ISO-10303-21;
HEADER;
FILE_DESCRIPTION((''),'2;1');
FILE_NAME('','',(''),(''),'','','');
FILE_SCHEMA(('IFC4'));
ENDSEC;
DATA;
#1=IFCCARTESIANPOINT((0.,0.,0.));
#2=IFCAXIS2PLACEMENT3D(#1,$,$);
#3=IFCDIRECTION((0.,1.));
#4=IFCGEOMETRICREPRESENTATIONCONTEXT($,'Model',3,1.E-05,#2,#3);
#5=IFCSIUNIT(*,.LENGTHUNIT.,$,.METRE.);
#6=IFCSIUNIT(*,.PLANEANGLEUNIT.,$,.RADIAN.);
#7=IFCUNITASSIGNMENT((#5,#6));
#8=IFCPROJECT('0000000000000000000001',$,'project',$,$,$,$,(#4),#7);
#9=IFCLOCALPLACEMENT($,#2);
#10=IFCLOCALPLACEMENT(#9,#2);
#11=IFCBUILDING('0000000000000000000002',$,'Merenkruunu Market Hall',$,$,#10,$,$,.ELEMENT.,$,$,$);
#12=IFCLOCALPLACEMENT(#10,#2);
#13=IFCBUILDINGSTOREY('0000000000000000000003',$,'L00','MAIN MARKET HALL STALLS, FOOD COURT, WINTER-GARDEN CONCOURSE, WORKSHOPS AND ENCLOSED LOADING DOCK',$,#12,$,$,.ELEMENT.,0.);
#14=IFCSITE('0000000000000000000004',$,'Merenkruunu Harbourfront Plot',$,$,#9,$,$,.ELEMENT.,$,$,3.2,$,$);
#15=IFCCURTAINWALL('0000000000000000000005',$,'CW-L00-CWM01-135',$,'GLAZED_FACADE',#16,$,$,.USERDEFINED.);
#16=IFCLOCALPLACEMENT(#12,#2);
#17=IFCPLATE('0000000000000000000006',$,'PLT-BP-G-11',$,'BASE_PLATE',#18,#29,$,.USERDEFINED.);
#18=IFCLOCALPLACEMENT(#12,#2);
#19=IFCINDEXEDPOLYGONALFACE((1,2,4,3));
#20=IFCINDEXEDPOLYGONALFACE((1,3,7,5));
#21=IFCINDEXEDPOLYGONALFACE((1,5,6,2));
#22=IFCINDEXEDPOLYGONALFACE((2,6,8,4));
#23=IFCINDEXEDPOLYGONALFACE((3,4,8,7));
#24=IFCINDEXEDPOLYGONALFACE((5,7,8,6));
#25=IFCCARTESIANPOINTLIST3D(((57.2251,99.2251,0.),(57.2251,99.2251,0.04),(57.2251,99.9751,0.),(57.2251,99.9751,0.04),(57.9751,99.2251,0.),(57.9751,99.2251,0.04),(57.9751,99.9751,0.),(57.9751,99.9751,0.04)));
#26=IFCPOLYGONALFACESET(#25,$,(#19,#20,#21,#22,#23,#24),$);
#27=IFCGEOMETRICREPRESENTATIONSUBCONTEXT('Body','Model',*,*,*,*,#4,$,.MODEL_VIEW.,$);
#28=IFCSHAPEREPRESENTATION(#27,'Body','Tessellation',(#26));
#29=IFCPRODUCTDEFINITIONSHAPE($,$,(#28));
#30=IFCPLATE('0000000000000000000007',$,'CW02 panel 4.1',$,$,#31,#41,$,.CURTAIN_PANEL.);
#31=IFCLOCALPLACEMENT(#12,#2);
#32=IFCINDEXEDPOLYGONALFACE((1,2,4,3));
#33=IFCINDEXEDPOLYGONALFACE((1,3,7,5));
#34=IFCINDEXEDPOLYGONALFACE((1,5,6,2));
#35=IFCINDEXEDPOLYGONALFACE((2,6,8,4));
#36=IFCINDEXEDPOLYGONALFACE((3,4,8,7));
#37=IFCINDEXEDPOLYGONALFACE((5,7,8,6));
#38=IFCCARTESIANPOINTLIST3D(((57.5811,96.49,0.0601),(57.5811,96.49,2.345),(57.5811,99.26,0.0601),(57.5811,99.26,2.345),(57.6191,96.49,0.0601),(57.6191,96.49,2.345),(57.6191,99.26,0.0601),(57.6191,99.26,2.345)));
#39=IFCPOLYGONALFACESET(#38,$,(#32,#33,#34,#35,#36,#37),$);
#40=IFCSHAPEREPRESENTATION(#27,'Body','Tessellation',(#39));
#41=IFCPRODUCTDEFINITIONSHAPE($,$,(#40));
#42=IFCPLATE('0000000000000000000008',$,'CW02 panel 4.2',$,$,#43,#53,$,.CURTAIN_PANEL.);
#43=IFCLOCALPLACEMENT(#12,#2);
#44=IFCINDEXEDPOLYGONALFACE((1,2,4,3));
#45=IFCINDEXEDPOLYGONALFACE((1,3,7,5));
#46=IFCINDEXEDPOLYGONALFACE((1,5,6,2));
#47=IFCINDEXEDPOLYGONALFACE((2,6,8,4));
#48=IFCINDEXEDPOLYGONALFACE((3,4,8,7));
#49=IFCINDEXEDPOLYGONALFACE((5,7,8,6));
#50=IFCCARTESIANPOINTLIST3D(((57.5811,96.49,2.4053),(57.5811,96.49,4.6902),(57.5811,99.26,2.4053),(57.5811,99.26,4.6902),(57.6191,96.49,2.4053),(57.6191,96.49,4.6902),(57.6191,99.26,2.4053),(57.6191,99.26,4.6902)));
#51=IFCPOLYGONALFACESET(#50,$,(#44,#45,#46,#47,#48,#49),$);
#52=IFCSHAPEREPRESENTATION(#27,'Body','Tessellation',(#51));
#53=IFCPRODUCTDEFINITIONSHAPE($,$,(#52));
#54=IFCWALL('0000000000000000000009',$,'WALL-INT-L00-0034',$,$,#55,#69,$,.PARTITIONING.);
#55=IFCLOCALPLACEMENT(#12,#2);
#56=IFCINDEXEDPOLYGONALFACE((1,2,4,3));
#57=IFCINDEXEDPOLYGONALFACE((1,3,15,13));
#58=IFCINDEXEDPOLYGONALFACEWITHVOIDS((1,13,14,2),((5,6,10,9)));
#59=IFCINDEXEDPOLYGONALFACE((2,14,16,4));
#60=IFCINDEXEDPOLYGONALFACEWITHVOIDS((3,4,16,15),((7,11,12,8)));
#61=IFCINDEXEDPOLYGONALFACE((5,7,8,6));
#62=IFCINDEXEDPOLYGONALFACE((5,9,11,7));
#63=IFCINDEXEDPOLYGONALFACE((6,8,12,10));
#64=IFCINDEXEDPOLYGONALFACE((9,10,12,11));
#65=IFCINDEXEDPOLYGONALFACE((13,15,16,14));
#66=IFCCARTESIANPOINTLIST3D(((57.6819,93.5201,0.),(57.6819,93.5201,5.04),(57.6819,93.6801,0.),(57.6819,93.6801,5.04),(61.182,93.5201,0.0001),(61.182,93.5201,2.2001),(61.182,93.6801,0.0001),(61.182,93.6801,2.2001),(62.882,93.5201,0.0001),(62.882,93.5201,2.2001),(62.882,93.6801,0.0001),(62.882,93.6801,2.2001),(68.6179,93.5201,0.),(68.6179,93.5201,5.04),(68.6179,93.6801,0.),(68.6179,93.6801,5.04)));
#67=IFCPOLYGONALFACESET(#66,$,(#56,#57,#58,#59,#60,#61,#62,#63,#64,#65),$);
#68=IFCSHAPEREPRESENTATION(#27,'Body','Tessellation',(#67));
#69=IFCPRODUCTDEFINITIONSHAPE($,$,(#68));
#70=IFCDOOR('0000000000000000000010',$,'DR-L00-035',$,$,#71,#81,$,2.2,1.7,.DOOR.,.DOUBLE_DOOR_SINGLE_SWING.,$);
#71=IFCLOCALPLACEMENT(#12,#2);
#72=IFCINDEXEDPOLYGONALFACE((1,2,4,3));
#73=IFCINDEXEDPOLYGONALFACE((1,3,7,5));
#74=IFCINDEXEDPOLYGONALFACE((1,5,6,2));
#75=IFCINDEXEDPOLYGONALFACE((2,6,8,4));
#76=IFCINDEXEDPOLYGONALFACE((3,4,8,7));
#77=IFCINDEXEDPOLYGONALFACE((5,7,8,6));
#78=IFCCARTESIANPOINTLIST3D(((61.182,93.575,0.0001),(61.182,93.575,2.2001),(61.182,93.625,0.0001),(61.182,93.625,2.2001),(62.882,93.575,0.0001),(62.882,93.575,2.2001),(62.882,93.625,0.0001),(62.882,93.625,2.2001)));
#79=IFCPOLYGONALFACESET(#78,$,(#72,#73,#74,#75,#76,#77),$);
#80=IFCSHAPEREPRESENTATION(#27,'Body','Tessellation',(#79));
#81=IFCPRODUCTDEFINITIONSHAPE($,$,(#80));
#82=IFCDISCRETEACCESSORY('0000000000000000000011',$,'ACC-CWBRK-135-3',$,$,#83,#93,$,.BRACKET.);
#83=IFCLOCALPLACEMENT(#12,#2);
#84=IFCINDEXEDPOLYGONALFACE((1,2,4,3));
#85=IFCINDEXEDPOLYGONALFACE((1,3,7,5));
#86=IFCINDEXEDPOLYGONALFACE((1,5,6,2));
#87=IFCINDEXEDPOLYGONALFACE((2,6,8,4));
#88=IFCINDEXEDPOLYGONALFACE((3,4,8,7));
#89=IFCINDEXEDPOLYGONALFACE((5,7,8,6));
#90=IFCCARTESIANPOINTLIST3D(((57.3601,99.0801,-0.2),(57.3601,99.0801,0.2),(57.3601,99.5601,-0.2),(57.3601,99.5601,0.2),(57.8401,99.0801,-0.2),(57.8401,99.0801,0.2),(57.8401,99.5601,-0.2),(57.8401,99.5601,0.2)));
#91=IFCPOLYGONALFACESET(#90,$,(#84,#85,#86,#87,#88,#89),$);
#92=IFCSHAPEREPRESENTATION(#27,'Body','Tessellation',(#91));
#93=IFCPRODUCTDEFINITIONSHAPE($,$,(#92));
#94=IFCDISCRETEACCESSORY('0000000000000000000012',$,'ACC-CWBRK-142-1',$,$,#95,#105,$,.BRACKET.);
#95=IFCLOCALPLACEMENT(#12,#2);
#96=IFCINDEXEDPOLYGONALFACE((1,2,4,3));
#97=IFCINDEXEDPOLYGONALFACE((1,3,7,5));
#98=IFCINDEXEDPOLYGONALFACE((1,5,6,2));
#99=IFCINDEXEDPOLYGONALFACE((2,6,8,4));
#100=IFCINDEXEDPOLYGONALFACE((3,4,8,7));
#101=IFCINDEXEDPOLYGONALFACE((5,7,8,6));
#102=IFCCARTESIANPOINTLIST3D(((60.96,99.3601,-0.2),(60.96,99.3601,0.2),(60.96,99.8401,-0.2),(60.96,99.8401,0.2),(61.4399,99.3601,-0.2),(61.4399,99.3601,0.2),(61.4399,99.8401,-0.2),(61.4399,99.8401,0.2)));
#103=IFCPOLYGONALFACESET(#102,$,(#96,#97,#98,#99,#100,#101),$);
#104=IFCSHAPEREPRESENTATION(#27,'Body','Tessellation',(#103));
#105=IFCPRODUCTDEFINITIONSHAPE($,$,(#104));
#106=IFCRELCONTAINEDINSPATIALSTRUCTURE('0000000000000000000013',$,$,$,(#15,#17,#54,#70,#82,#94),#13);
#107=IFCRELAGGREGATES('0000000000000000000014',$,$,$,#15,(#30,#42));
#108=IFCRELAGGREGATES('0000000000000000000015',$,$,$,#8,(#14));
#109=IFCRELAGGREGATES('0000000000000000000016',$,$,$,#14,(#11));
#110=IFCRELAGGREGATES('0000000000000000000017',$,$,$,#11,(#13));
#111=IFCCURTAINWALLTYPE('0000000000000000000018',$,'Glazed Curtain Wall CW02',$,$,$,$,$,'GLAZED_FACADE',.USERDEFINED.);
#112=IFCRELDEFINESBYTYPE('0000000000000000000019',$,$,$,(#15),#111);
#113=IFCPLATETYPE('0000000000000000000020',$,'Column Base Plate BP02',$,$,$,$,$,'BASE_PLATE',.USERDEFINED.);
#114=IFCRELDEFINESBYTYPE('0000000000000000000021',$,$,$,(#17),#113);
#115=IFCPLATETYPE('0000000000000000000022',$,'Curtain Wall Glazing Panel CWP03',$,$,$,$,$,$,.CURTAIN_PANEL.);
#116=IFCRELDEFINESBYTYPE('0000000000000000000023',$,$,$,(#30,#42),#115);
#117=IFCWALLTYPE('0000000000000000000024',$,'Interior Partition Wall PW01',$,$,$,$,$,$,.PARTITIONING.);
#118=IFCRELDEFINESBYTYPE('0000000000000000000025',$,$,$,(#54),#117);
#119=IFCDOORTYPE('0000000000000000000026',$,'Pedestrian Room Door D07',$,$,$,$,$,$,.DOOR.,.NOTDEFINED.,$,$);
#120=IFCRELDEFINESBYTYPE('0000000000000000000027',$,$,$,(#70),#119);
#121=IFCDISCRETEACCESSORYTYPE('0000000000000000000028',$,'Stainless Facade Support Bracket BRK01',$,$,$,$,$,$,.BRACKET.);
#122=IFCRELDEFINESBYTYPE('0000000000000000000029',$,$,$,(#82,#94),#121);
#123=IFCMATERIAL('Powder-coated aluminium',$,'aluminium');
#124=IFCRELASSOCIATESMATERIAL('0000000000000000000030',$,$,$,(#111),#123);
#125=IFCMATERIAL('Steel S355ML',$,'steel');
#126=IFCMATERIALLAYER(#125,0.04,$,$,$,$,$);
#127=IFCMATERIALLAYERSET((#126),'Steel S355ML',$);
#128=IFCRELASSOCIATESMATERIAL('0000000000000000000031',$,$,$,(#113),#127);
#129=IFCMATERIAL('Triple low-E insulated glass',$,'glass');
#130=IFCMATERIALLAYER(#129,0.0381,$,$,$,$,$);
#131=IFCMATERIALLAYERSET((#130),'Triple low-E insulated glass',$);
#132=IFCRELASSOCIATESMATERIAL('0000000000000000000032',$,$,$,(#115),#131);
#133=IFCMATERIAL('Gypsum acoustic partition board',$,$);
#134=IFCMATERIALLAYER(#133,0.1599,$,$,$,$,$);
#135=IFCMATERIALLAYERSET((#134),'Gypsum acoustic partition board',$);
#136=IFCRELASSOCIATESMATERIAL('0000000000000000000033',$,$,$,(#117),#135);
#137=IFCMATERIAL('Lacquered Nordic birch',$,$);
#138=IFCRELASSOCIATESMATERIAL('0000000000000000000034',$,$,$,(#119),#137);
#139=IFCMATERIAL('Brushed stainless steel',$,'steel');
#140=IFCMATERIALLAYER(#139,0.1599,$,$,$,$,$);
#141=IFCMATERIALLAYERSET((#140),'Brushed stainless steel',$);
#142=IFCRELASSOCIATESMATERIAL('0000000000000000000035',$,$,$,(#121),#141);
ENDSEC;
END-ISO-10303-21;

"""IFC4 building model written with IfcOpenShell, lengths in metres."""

from ifc_helpers import new_model, si_unit, direction, frame, frame_2d, origin, origin_2d, place, context, subcontext, project, spatial, rectangle, extrude, material, layer, layer_set, type_object, element, fill, aggregate, save


model = new_model("IFC4")

# Units and contexts
model_context = context("Model", 3, precision=1e-05, world=origin(), true_north=direction((0.0, 1.0)))
body_context = subcontext(model_context, "Body", "Model", "MODEL_VIEW")
ifc_project = project(units=[si_unit("LENGTHUNIT", "METRE"), si_unit("PLANEANGLEUNIT", "RADIAN")], contexts=[model_context])

# Site, building, storey
site_placement = place(None, origin())
site = spatial("IfcSite", under=ifc_project, at=site_placement, Name="Merenkruunu Harbourfront Plot", CompositionType="ELEMENT", RefElevation=3.2)
building_placement = place(site_placement, origin())
building = spatial("IfcBuilding", under=site, at=building_placement, Name="Merenkruunu Market Hall", CompositionType="ELEMENT")
storey_placement = place(building_placement, origin())
storey = spatial("IfcBuildingStorey", under=building, at=storey_placement, Name="L00", Description="MAIN MARKET HALL STALLS, FOOD COURT, WINTER-GARDEN CONCOURSE, WORKSHOPS AND ENCLOSED LOADING DOCK", CompositionType="ELEMENT", Elevation=0.0)

# Shared definitions
ifc_material_1 = material(Name="Steel S355ML", Category="steel")

# Curtain wall
ifc_material_2 = material(Name="Powder-coated aluminium", Category="aluminium")
curtain_wall_type_1 = type_object("IfcCurtainWallType", Name="Glazed Curtain Wall CW02", ElementType="GLAZED_FACADE", PredefinedType="USERDEFINED", material=ifc_material_2)
curtain_wall_1_placement = place(storey_placement, origin())
curtain_wall_1 = element("IfcCurtainWall", 1, at=curtain_wall_1_placement, inside=storey, type_object=curtain_wall_type_1, Name="CW-L00-CWM01-135", ObjectType="GLAZED_FACADE", PredefinedType="USERDEFINED")

# Plates
ifc_layer_1 = layer(ifc_material_1, 0.04)
ifc_layer_set_1 = layer_set([ifc_layer_1], Name="Steel S355ML")
plate_type_1 = type_object("IfcPlateType", Name="Column Base Plate BP02", ElementType="BASE_PLATE", PredefinedType="USERDEFINED", material=ifc_layer_set_1)
plate_1_placement = place(storey_placement, frame((57.6001, 99.6001, 0.0), z_axis=(0.0, 0.0, 1.0), x_axis=(1.0, 0.0, 0.0)))
element("IfcPlate", 2, at=plate_1_placement, inside=storey, type_object=plate_type_1, Name="PLT-BP-G-11", ObjectType="BASE_PLATE", PredefinedType="USERDEFINED", context=body_context, shape_type="SweptSolid", body=[
    extrude(rectangle(XDim=0.75, YDim=0.75, at=origin_2d()), origin(), (0.0, 0.0, 1.0), 0.04),
])
ifc_material_3 = material(Name="Triple low-E insulated glass", Category="glass")
ifc_layer_2 = layer(ifc_material_3, 0.0381)
ifc_layer_set_2 = layer_set([ifc_layer_2], Name="Triple low-E insulated glass")
plate_type_2 = type_object("IfcPlateType", Name="Curtain Wall Glazing Panel CWP03", PredefinedType="CURTAIN_PANEL", material=ifc_layer_set_2)
plate_2_placement = place(storey_placement, frame((57.6001, 97.875, 0.0601), z_axis=(0.0, 0.0, 1.0), x_axis=(0.0, 1.0, 0.0)))
plate_2 = element("IfcPlate", 3, at=plate_2_placement, type_object=plate_type_2, Name="CW02 panel 4.1", PredefinedType="CURTAIN_PANEL", context=body_context, shape_type="SweptSolid", body=[
    extrude(rectangle(XDim=2.77, YDim=0.0381, at=origin_2d()), origin(), (0.0, 0.0, 1.0), 2.2849),
])
plate_3_placement = place(storey_placement, frame((57.6001, 97.875, 2.4053), z_axis=(0.0, 0.0, 1.0), x_axis=(0.0, 1.0, 0.0)))
plate_3 = element("IfcPlate", 4, at=plate_3_placement, type_object=plate_type_2, Name="CW02 panel 4.2", PredefinedType="CURTAIN_PANEL", context=body_context, shape_type="SweptSolid", body=[
    extrude(rectangle(XDim=2.77, YDim=0.0381, at=origin_2d()), origin(), (0.0, 0.0, 1.0), 2.2849),
])
aggregate(curtain_wall_1, [plate_2, plate_3])

# Wall, opening, door
ifc_material_4 = material(Name="Gypsum acoustic partition board")
ifc_layer_3 = layer(ifc_material_4, 0.1599)
ifc_layer_set_3 = layer_set([ifc_layer_3], Name="Gypsum acoustic partition board")
wall_type_1 = type_object("IfcWallType", Name="Interior Partition Wall PW01", PredefinedType="PARTITIONING", material=ifc_layer_set_3)
wall_1_placement = place(storey_placement, frame((57.6819, 93.6001, 0.0), z_axis=(0.0, 0.0, 1.0), x_axis=(1.0, 0.0, 0.0)))
wall_1 = element("IfcWall", 5, at=wall_1_placement, inside=storey, type_object=wall_type_1, Name="WALL-INT-L00-0034", PredefinedType="PARTITIONING", context=body_context, shape_type="SweptSolid", body=[
    extrude(rectangle(XDim=10.936, YDim=0.1599, at=frame_2d((5.468, 0.0))), origin(), (0.0, 0.0, 1.0), 5.04),
])
opening_1_placement = place(wall_1_placement, frame((3.5, 0.0, 0.0)))
opening_1 = element("IfcOpeningElement", 6, at=opening_1_placement, cuts=wall_1, PredefinedType="OPENING", context=body_context, shape_type="SweptSolid", body=[
    extrude(rectangle(XDim=1.7, YDim=2.2, at=frame_2d((0.8501, 1.1001))), frame((0.0, 0.0898, 0.0), z_axis=(0.0, -1.0, 0.0), x_axis=(1.0, 0.0, 0.0)), (0.0, 0.0, 1.0), 0.1799),
])
ifc_material_5 = material(Name="Lacquered Nordic birch")
door_type_1 = type_object("IfcDoorType", Name="Pedestrian Room Door D07", OperationType="NOTDEFINED", PredefinedType="DOOR", material=ifc_material_5)
door_1_placement = place(opening_1_placement, origin())
door_1 = element("IfcDoor", 7, at=door_1_placement, inside=storey, type_object=door_type_1, Name="DR-L00-035", OperationType="DOUBLE_DOOR_SINGLE_SWING", OverallHeight=2.2, OverallWidth=1.7, PredefinedType="DOOR", context=body_context, shape_type="SweptSolid", body=[
    extrude(rectangle(XDim=1.7, YDim=2.2, at=frame_2d((0.8501, 1.1001))), frame((0.0, 0.0249, 0.0), z_axis=(0.0, -1.0, 0.0), x_axis=(1.0, 0.0, 0.0)), (0.0, 0.0, 1.0), 0.05),
])
fill(opening_1, door_1)

# Discrete accessories
ifc_material_6 = material(Name="Brushed stainless steel", Category="steel")
ifc_layer_4 = layer(ifc_material_6, 0.1599)
ifc_layer_set_4 = layer_set([ifc_layer_4], Name="Brushed stainless steel")
discrete_accessory_type = type_object("IfcDiscreteAccessoryType", Name="Stainless Facade Support Bracket BRK01", PredefinedType="BRACKET", material=ifc_layer_set_4)
for number, where, z_axis, x_axis, name in (
    (8, (57.6001, 99.3201, -0.2), (0.0, 0.0, 1.0), (1.0, 0.0, 0.0), "ACC-CWBRK-135-3"),
    (9, (61.2, 99.6001, -0.2), (0.0, 0.0, 1.0), (1.0, 0.0, 0.0), "ACC-CWBRK-142-1"),
):
    element("IfcDiscreteAccessory", number, at=place(storey_placement, frame(where, z_axis=z_axis, x_axis=x_axis)), inside=storey, type_object=discrete_accessory_type, Name=name, PredefinedType="BRACKET", context=body_context, shape_type="SweptSolid", body=[
        extrude(rectangle(XDim=0.48, YDim=0.48, at=origin_2d()), origin(), (0.0, 0.0, 1.0), 0.3999),
    ])

save(model, "model.ifc")
